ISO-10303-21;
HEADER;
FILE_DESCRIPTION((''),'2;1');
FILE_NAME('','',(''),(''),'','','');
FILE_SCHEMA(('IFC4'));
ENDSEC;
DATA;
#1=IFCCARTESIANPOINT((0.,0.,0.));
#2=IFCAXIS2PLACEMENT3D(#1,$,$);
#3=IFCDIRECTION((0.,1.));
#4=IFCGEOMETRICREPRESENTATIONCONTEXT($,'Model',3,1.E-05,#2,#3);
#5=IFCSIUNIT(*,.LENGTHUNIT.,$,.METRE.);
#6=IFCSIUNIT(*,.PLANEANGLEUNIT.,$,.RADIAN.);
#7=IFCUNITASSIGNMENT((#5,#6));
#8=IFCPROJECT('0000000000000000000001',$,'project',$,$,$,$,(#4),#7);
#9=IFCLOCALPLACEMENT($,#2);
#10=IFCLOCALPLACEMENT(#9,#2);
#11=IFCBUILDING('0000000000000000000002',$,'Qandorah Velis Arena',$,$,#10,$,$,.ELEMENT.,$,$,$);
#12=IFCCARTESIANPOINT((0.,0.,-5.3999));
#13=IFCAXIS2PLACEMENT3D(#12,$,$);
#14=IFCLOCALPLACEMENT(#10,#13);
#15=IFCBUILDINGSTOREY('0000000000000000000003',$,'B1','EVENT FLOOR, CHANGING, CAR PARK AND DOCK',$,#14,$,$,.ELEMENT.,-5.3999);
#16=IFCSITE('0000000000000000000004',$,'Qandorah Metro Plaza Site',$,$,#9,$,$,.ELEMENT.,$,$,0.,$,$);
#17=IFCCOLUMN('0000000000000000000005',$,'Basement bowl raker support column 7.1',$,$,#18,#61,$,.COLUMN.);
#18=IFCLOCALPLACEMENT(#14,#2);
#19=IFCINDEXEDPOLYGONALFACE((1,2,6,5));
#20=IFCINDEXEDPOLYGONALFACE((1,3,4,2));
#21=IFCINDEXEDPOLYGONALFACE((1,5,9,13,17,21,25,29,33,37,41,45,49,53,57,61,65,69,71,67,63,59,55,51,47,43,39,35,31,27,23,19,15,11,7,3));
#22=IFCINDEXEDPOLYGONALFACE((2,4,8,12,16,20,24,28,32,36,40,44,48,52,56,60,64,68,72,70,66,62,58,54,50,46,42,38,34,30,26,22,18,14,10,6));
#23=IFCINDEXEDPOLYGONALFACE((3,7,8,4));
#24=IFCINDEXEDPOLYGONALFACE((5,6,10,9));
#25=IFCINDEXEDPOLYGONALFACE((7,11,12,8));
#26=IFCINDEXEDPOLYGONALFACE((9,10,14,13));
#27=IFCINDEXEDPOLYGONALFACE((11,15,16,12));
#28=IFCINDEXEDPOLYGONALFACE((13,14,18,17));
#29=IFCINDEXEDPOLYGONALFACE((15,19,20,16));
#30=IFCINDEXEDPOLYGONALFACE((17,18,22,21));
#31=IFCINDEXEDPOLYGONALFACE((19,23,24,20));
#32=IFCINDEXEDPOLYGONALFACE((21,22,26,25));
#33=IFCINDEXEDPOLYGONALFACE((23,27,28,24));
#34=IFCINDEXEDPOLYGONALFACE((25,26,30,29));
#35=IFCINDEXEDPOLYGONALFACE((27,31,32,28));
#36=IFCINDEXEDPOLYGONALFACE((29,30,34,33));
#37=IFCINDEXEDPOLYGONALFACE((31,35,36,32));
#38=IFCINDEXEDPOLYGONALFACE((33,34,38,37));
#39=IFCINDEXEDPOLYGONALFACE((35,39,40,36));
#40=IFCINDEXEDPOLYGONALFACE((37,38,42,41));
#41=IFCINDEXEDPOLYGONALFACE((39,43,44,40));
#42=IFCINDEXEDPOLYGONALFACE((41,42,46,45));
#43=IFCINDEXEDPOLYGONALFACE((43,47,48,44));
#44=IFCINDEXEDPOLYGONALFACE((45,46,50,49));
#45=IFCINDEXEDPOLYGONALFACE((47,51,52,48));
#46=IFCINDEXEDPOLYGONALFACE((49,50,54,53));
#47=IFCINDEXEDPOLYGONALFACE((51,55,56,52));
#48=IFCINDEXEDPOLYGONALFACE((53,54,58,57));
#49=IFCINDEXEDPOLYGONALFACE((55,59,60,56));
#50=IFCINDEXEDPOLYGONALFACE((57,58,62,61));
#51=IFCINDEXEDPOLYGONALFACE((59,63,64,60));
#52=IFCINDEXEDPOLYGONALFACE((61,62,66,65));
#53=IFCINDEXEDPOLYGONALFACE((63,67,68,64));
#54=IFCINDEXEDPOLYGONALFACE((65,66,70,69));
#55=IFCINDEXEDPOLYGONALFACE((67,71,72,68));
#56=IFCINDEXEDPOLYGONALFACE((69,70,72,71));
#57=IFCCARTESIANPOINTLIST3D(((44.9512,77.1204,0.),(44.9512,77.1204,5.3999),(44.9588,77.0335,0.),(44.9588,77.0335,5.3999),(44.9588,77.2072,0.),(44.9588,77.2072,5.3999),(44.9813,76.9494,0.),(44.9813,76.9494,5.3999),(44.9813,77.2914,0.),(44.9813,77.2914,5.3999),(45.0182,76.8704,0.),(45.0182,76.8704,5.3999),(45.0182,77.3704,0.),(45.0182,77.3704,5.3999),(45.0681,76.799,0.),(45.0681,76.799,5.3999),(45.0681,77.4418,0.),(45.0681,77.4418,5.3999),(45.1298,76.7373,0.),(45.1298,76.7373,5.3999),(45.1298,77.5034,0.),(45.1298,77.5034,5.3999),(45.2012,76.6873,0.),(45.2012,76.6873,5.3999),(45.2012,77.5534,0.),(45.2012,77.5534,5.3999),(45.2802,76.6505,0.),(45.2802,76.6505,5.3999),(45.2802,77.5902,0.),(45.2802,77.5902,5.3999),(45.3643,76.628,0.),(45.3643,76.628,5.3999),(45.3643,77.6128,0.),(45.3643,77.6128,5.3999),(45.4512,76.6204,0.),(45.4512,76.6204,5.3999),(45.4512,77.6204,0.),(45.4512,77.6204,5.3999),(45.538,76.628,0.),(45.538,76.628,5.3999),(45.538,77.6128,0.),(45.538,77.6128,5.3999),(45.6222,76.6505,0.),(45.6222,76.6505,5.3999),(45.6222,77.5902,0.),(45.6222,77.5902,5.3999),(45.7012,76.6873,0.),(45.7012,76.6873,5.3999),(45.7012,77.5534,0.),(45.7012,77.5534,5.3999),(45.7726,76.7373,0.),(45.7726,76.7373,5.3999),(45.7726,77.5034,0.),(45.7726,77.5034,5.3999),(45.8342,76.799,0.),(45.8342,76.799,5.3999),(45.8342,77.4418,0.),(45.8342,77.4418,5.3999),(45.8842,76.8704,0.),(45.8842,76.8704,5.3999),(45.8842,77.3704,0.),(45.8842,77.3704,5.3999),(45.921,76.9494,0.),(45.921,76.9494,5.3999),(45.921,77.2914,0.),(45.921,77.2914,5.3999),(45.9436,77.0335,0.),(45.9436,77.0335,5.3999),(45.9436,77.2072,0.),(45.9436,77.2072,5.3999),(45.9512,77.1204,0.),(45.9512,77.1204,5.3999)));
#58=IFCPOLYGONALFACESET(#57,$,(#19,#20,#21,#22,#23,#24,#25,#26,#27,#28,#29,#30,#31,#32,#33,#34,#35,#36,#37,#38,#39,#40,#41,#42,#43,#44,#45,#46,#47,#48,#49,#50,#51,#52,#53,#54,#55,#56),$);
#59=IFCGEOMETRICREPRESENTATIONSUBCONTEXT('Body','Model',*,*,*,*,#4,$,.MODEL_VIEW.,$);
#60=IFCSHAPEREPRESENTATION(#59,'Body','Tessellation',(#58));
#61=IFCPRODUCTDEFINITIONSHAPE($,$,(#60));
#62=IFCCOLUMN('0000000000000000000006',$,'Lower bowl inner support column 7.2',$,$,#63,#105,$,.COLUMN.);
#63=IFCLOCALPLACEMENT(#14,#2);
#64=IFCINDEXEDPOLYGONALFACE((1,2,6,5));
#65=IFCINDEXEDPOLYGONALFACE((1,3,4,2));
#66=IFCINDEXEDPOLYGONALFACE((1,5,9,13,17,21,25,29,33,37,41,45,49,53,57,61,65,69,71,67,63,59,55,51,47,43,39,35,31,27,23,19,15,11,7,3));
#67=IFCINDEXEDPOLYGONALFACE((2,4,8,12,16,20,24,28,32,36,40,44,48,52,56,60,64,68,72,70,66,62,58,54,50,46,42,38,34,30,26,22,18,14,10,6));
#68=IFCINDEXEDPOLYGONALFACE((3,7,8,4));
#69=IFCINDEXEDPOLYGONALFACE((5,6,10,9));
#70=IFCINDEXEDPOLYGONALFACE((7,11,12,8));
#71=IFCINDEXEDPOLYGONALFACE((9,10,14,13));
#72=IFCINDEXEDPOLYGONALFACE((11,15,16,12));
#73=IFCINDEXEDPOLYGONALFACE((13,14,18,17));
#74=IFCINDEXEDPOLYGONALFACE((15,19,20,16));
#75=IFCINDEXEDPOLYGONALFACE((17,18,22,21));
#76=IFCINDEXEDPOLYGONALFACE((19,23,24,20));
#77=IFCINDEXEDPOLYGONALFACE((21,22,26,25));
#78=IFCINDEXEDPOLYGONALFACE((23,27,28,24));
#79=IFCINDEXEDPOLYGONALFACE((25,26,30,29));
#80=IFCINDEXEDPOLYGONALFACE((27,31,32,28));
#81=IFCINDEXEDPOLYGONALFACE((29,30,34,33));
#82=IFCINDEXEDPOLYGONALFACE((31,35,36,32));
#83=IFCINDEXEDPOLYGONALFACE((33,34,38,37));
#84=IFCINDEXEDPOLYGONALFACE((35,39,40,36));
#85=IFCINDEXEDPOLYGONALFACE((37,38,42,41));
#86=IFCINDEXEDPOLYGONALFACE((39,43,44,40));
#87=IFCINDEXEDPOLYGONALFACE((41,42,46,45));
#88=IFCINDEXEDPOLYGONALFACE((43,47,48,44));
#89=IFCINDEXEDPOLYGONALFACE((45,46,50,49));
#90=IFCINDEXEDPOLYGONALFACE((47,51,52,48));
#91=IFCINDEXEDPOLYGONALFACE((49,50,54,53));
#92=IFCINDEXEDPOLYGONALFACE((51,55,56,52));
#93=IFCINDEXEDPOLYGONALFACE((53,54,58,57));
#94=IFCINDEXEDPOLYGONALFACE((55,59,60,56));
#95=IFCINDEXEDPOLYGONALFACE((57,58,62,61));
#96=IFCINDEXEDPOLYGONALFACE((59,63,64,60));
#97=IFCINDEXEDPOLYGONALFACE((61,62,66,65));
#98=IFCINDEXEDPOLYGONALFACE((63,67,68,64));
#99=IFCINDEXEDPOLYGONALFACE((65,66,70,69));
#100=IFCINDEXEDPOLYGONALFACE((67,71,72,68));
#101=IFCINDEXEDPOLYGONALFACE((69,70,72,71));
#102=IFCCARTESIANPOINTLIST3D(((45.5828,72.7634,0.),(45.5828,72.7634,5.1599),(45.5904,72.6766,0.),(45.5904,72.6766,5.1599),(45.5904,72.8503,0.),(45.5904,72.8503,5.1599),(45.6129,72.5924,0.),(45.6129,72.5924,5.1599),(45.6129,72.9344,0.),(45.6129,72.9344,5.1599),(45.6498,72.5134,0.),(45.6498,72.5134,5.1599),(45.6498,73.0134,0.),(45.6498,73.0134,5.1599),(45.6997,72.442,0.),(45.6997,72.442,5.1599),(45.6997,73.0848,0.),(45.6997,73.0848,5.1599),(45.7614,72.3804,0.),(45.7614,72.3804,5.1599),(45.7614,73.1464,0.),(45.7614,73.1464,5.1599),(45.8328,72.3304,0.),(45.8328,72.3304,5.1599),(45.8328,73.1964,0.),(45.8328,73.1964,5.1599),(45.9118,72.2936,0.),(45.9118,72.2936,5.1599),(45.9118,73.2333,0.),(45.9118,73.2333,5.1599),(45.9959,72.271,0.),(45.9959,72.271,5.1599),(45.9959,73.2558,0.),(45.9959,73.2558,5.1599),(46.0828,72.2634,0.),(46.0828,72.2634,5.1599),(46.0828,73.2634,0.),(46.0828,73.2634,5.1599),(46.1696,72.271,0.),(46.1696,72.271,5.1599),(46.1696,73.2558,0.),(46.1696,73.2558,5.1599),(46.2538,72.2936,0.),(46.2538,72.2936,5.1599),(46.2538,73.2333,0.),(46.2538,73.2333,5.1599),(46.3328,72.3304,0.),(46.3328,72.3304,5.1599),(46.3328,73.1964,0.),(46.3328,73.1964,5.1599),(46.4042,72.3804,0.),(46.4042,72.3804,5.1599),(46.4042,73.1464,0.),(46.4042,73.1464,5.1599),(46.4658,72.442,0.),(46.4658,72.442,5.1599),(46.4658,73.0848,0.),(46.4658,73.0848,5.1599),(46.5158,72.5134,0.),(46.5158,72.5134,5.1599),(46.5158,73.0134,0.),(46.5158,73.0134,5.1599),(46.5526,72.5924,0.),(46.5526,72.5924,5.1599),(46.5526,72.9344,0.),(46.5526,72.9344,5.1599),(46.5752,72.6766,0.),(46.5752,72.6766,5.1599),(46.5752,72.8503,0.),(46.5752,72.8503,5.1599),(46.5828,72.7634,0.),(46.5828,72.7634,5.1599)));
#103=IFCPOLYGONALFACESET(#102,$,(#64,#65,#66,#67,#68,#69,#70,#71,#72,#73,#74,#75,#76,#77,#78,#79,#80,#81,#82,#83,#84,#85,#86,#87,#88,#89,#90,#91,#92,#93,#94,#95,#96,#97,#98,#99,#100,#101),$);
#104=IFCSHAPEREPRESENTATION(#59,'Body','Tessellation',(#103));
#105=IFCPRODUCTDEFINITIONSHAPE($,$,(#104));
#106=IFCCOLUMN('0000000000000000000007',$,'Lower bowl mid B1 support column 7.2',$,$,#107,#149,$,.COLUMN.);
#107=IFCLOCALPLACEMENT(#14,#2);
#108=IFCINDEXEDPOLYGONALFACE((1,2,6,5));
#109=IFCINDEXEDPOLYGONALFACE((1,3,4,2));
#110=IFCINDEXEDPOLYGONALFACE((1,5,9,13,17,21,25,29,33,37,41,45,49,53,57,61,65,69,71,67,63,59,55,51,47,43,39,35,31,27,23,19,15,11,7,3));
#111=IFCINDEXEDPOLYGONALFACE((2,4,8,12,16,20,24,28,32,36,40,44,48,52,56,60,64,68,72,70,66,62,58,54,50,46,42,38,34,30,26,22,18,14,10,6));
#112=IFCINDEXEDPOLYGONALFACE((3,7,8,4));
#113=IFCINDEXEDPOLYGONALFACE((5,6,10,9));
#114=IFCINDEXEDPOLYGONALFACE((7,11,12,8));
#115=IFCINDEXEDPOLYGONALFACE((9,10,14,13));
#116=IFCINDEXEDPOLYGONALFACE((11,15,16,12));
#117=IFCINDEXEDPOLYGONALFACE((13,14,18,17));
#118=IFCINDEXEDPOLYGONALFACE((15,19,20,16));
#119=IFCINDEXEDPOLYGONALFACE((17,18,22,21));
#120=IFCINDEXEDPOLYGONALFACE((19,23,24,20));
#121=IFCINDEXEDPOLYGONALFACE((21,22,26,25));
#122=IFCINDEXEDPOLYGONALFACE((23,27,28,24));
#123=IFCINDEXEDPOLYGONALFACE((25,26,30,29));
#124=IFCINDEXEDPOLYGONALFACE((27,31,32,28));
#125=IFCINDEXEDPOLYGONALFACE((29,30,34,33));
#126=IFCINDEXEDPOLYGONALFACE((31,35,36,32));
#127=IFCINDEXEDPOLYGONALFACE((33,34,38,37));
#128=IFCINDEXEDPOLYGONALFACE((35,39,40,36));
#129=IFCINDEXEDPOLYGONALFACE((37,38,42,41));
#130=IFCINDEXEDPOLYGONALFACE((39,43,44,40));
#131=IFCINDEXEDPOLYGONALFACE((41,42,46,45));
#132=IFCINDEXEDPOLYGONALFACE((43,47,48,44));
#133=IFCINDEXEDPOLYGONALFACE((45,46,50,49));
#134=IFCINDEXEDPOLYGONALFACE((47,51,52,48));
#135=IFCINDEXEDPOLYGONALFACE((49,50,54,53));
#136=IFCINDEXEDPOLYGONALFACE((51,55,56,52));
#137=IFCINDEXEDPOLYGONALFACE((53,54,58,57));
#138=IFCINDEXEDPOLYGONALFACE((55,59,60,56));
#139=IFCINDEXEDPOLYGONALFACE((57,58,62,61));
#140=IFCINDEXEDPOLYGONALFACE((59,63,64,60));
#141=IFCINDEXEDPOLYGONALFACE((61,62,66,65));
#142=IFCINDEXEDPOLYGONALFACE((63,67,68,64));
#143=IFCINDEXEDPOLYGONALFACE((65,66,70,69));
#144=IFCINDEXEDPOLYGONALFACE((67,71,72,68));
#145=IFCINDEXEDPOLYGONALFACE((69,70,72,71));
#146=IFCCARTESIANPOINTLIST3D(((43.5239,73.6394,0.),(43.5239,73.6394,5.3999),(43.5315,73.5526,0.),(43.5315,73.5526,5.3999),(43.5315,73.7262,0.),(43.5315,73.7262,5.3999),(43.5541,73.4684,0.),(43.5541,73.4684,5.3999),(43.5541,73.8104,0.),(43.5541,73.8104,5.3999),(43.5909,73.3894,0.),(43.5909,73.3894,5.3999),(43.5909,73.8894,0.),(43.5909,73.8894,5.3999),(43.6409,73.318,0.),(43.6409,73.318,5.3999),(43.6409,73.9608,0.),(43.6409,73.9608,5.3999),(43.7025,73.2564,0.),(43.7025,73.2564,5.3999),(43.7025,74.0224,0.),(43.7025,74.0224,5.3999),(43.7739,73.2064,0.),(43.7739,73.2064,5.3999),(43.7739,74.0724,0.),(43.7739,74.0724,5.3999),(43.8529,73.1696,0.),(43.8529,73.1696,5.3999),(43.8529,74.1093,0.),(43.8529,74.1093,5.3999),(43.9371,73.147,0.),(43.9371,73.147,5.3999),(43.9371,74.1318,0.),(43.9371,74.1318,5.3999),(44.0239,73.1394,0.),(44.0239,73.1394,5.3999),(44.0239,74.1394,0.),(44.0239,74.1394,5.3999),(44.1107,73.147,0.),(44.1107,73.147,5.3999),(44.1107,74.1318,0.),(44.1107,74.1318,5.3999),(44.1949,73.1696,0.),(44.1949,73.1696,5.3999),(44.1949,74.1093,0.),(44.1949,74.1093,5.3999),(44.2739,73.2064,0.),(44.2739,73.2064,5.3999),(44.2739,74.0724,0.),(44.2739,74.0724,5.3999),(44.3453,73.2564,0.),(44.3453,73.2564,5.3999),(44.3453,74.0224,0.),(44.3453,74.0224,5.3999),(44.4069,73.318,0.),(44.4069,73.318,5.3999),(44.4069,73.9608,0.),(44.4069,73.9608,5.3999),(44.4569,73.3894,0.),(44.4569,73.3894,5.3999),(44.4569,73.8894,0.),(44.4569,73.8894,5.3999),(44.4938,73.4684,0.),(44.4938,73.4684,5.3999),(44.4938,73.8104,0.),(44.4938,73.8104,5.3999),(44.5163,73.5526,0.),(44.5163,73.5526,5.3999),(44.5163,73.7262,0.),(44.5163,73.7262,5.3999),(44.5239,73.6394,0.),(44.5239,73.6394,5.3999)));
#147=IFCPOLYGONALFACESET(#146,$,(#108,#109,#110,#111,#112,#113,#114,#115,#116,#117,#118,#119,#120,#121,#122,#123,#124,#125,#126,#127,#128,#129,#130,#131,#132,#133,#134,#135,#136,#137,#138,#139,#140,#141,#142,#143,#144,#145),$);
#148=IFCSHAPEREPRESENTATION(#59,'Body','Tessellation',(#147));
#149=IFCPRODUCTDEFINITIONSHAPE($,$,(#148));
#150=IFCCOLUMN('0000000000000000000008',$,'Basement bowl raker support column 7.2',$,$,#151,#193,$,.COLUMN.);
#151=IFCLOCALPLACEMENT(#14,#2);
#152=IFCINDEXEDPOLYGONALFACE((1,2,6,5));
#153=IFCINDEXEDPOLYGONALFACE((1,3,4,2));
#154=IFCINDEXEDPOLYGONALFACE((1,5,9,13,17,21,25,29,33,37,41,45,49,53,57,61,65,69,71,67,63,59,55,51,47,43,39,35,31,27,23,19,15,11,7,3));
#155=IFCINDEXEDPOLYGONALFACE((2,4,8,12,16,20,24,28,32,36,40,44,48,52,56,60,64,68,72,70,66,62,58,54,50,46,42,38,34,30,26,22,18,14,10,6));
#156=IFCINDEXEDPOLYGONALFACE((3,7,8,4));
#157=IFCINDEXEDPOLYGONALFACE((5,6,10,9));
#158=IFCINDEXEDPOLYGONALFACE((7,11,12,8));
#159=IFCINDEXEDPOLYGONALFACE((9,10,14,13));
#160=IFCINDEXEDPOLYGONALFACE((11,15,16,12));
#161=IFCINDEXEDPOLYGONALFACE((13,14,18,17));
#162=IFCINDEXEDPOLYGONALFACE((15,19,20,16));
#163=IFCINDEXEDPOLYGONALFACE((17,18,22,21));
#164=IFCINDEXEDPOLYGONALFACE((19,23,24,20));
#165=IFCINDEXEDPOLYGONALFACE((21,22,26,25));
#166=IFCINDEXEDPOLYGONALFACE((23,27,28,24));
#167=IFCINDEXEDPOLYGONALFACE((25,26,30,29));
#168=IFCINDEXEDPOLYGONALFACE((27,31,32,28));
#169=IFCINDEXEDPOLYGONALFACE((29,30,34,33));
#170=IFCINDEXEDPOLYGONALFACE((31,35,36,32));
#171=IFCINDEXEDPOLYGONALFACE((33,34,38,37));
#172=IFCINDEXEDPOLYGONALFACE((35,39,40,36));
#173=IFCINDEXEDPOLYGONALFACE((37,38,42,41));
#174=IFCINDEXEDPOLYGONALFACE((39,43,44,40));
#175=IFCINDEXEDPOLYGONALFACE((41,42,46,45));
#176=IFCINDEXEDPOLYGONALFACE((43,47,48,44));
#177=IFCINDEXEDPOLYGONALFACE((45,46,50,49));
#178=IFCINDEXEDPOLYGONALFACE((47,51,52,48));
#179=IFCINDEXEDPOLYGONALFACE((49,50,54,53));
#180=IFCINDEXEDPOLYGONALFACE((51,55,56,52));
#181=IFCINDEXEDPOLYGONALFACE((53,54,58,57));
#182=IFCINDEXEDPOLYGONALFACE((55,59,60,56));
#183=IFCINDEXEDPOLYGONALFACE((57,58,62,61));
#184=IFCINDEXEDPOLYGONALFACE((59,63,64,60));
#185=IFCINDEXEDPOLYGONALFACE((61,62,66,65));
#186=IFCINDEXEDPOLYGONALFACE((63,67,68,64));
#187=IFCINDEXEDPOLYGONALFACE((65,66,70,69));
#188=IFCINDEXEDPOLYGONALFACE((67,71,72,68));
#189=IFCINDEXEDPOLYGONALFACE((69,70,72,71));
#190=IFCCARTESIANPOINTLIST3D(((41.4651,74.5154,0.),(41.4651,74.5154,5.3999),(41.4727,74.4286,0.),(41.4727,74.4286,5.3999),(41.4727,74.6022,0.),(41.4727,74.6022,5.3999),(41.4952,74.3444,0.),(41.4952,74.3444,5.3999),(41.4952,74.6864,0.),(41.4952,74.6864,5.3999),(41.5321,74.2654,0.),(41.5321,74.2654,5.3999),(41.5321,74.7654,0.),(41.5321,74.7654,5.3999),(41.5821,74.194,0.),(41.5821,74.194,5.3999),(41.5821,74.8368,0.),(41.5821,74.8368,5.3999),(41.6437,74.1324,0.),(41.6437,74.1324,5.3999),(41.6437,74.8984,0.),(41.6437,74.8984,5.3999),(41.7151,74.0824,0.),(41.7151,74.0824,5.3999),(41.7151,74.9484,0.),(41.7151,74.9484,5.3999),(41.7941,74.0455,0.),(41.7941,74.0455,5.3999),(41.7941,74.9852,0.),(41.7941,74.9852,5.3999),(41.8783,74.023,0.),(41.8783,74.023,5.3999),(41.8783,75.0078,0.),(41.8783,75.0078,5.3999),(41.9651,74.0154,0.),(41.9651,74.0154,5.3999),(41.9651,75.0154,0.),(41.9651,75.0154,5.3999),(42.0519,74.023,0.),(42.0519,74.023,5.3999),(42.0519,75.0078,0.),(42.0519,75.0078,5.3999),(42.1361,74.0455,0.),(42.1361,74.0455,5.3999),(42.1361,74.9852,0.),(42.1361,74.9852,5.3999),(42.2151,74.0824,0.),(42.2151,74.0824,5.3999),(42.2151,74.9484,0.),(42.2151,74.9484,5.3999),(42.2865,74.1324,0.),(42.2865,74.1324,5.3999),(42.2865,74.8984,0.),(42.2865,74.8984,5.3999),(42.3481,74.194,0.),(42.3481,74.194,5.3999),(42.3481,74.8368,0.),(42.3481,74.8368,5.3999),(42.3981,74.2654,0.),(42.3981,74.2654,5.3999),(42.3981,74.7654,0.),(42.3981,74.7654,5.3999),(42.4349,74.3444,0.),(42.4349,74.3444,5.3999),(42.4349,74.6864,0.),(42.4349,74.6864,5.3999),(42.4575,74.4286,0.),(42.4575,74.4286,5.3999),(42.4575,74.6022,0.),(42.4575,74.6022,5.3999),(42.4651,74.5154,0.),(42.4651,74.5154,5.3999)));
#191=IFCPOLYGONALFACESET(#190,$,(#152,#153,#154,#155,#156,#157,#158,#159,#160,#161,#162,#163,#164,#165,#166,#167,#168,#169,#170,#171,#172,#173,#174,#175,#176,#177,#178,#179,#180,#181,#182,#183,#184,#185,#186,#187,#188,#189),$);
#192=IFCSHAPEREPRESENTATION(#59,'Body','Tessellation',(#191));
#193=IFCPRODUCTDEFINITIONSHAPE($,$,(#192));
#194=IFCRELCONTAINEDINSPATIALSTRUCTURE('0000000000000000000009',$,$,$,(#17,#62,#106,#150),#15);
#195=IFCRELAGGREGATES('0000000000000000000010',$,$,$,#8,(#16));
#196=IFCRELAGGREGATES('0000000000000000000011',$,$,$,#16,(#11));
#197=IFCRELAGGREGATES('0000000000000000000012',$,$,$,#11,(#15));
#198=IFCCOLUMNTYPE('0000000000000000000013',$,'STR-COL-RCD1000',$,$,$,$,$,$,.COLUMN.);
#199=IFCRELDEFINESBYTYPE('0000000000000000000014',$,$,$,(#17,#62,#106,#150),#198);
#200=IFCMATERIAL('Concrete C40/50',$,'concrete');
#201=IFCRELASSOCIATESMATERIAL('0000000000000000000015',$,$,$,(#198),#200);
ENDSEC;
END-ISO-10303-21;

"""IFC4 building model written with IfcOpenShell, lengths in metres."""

from ifc_helpers import new_model, si_unit, direction, frame, origin, origin_2d, place, context, subcontext, project, spatial, circle, extrude, material, material_profile, profile_set, type_object, element, save


model = new_model("IFC4")

# Units and contexts
model_context = context("Model", 3, precision=1e-05, world=origin(), true_north=direction((0.0, 1.0)))
body_context = subcontext(model_context, "Body", "Model", "MODEL_VIEW")
ifc_project = project(units=[si_unit("LENGTHUNIT", "METRE"), si_unit("PLANEANGLEUNIT", "RADIAN")], contexts=[model_context])

# Site, building, storey
site_placement = place(None, origin())
site = spatial("IfcSite", under=ifc_project, at=site_placement, Name="Qandorah Metro Plaza Site", CompositionType="ELEMENT", RefElevation=0.0)
building_placement = place(site_placement, origin())
building = spatial("IfcBuilding", under=site, at=building_placement, Name="Qandorah Velis Arena", CompositionType="ELEMENT")
storey_placement = place(building_placement, frame((0.0, 0.0, -5.3999)))
storey = spatial("IfcBuildingStorey", under=building, at=storey_placement, Name="B1", Description="EVENT FLOOR, CHANGING, CAR PARK AND DOCK", CompositionType="ELEMENT", Elevation=-5.3999)

# Shared definitions
ifc_material = material(Name="Concrete C40/50", Category="concrete")

# Columns
ifc_material_profile_1 = material_profile(ifc_material, circle(Radius=0.5, at=origin_2d()), Name="RC D1000")
ifc_profile_set_1 = profile_set([ifc_material_profile_1], Name="Concrete C40/50")
column_type_1 = type_object("IfcColumnType", Name="STR-COL-RCD1000", PredefinedType="COLUMN", material=ifc_profile_set_1)
for number, where, z_axis, x_axis, name in (
    (1, (45.4512, 77.1204, 0.0), (0.0, 0.0, 1.0), (1.0, 0.0, 0.0), "Basement bowl raker support column 7.1"),
):
    element("IfcColumn", number, at=place(storey_placement, frame(where, z_axis=z_axis, x_axis=x_axis)), inside=storey, type_object=column_type_1, Name=name, PredefinedType="COLUMN", context=body_context, shape_type="SweptSolid", body=[
        extrude(circle(Radius=0.5, at=origin_2d()), origin(), (0.0, 0.0, 1.0), 5.3999),
    ])
column_1_placement = place(storey_placement, frame((46.0828, 72.7634, 0.0), z_axis=(0.0, 0.0, 1.0), x_axis=(1.0, 0.0, 0.0)))
element("IfcColumn", 2, at=column_1_placement, inside=storey, type_object=column_type_1, Name="Lower bowl inner support column 7.2", PredefinedType="COLUMN", context=body_context, shape_type="SweptSolid", body=[
    extrude(circle(Radius=0.5, at=origin_2d()), origin(), (0.0, 0.0, 1.0), 5.1599),
])
for number, where, z_axis, x_axis, name in (
    (3, (44.0239, 73.6394, 0.0), (0.0, 0.0, 1.0), (1.0, 0.0, 0.0), "Lower bowl mid B1 support column 7.2"),
    (4, (41.9651, 74.5154, 0.0), (0.0, 0.0, 1.0), (1.0, 0.0, 0.0), "Basement bowl raker support column 7.2"),
):
    element("IfcColumn", number, at=place(storey_placement, frame(where, z_axis=z_axis, x_axis=x_axis)), inside=storey, type_object=column_type_1, Name=name, PredefinedType="COLUMN", context=body_context, shape_type="SweptSolid", body=[
        extrude(circle(Radius=0.5, at=origin_2d()), origin(), (0.0, 0.0, 1.0), 5.3999),
    ])

save(model, "model.ifc")
